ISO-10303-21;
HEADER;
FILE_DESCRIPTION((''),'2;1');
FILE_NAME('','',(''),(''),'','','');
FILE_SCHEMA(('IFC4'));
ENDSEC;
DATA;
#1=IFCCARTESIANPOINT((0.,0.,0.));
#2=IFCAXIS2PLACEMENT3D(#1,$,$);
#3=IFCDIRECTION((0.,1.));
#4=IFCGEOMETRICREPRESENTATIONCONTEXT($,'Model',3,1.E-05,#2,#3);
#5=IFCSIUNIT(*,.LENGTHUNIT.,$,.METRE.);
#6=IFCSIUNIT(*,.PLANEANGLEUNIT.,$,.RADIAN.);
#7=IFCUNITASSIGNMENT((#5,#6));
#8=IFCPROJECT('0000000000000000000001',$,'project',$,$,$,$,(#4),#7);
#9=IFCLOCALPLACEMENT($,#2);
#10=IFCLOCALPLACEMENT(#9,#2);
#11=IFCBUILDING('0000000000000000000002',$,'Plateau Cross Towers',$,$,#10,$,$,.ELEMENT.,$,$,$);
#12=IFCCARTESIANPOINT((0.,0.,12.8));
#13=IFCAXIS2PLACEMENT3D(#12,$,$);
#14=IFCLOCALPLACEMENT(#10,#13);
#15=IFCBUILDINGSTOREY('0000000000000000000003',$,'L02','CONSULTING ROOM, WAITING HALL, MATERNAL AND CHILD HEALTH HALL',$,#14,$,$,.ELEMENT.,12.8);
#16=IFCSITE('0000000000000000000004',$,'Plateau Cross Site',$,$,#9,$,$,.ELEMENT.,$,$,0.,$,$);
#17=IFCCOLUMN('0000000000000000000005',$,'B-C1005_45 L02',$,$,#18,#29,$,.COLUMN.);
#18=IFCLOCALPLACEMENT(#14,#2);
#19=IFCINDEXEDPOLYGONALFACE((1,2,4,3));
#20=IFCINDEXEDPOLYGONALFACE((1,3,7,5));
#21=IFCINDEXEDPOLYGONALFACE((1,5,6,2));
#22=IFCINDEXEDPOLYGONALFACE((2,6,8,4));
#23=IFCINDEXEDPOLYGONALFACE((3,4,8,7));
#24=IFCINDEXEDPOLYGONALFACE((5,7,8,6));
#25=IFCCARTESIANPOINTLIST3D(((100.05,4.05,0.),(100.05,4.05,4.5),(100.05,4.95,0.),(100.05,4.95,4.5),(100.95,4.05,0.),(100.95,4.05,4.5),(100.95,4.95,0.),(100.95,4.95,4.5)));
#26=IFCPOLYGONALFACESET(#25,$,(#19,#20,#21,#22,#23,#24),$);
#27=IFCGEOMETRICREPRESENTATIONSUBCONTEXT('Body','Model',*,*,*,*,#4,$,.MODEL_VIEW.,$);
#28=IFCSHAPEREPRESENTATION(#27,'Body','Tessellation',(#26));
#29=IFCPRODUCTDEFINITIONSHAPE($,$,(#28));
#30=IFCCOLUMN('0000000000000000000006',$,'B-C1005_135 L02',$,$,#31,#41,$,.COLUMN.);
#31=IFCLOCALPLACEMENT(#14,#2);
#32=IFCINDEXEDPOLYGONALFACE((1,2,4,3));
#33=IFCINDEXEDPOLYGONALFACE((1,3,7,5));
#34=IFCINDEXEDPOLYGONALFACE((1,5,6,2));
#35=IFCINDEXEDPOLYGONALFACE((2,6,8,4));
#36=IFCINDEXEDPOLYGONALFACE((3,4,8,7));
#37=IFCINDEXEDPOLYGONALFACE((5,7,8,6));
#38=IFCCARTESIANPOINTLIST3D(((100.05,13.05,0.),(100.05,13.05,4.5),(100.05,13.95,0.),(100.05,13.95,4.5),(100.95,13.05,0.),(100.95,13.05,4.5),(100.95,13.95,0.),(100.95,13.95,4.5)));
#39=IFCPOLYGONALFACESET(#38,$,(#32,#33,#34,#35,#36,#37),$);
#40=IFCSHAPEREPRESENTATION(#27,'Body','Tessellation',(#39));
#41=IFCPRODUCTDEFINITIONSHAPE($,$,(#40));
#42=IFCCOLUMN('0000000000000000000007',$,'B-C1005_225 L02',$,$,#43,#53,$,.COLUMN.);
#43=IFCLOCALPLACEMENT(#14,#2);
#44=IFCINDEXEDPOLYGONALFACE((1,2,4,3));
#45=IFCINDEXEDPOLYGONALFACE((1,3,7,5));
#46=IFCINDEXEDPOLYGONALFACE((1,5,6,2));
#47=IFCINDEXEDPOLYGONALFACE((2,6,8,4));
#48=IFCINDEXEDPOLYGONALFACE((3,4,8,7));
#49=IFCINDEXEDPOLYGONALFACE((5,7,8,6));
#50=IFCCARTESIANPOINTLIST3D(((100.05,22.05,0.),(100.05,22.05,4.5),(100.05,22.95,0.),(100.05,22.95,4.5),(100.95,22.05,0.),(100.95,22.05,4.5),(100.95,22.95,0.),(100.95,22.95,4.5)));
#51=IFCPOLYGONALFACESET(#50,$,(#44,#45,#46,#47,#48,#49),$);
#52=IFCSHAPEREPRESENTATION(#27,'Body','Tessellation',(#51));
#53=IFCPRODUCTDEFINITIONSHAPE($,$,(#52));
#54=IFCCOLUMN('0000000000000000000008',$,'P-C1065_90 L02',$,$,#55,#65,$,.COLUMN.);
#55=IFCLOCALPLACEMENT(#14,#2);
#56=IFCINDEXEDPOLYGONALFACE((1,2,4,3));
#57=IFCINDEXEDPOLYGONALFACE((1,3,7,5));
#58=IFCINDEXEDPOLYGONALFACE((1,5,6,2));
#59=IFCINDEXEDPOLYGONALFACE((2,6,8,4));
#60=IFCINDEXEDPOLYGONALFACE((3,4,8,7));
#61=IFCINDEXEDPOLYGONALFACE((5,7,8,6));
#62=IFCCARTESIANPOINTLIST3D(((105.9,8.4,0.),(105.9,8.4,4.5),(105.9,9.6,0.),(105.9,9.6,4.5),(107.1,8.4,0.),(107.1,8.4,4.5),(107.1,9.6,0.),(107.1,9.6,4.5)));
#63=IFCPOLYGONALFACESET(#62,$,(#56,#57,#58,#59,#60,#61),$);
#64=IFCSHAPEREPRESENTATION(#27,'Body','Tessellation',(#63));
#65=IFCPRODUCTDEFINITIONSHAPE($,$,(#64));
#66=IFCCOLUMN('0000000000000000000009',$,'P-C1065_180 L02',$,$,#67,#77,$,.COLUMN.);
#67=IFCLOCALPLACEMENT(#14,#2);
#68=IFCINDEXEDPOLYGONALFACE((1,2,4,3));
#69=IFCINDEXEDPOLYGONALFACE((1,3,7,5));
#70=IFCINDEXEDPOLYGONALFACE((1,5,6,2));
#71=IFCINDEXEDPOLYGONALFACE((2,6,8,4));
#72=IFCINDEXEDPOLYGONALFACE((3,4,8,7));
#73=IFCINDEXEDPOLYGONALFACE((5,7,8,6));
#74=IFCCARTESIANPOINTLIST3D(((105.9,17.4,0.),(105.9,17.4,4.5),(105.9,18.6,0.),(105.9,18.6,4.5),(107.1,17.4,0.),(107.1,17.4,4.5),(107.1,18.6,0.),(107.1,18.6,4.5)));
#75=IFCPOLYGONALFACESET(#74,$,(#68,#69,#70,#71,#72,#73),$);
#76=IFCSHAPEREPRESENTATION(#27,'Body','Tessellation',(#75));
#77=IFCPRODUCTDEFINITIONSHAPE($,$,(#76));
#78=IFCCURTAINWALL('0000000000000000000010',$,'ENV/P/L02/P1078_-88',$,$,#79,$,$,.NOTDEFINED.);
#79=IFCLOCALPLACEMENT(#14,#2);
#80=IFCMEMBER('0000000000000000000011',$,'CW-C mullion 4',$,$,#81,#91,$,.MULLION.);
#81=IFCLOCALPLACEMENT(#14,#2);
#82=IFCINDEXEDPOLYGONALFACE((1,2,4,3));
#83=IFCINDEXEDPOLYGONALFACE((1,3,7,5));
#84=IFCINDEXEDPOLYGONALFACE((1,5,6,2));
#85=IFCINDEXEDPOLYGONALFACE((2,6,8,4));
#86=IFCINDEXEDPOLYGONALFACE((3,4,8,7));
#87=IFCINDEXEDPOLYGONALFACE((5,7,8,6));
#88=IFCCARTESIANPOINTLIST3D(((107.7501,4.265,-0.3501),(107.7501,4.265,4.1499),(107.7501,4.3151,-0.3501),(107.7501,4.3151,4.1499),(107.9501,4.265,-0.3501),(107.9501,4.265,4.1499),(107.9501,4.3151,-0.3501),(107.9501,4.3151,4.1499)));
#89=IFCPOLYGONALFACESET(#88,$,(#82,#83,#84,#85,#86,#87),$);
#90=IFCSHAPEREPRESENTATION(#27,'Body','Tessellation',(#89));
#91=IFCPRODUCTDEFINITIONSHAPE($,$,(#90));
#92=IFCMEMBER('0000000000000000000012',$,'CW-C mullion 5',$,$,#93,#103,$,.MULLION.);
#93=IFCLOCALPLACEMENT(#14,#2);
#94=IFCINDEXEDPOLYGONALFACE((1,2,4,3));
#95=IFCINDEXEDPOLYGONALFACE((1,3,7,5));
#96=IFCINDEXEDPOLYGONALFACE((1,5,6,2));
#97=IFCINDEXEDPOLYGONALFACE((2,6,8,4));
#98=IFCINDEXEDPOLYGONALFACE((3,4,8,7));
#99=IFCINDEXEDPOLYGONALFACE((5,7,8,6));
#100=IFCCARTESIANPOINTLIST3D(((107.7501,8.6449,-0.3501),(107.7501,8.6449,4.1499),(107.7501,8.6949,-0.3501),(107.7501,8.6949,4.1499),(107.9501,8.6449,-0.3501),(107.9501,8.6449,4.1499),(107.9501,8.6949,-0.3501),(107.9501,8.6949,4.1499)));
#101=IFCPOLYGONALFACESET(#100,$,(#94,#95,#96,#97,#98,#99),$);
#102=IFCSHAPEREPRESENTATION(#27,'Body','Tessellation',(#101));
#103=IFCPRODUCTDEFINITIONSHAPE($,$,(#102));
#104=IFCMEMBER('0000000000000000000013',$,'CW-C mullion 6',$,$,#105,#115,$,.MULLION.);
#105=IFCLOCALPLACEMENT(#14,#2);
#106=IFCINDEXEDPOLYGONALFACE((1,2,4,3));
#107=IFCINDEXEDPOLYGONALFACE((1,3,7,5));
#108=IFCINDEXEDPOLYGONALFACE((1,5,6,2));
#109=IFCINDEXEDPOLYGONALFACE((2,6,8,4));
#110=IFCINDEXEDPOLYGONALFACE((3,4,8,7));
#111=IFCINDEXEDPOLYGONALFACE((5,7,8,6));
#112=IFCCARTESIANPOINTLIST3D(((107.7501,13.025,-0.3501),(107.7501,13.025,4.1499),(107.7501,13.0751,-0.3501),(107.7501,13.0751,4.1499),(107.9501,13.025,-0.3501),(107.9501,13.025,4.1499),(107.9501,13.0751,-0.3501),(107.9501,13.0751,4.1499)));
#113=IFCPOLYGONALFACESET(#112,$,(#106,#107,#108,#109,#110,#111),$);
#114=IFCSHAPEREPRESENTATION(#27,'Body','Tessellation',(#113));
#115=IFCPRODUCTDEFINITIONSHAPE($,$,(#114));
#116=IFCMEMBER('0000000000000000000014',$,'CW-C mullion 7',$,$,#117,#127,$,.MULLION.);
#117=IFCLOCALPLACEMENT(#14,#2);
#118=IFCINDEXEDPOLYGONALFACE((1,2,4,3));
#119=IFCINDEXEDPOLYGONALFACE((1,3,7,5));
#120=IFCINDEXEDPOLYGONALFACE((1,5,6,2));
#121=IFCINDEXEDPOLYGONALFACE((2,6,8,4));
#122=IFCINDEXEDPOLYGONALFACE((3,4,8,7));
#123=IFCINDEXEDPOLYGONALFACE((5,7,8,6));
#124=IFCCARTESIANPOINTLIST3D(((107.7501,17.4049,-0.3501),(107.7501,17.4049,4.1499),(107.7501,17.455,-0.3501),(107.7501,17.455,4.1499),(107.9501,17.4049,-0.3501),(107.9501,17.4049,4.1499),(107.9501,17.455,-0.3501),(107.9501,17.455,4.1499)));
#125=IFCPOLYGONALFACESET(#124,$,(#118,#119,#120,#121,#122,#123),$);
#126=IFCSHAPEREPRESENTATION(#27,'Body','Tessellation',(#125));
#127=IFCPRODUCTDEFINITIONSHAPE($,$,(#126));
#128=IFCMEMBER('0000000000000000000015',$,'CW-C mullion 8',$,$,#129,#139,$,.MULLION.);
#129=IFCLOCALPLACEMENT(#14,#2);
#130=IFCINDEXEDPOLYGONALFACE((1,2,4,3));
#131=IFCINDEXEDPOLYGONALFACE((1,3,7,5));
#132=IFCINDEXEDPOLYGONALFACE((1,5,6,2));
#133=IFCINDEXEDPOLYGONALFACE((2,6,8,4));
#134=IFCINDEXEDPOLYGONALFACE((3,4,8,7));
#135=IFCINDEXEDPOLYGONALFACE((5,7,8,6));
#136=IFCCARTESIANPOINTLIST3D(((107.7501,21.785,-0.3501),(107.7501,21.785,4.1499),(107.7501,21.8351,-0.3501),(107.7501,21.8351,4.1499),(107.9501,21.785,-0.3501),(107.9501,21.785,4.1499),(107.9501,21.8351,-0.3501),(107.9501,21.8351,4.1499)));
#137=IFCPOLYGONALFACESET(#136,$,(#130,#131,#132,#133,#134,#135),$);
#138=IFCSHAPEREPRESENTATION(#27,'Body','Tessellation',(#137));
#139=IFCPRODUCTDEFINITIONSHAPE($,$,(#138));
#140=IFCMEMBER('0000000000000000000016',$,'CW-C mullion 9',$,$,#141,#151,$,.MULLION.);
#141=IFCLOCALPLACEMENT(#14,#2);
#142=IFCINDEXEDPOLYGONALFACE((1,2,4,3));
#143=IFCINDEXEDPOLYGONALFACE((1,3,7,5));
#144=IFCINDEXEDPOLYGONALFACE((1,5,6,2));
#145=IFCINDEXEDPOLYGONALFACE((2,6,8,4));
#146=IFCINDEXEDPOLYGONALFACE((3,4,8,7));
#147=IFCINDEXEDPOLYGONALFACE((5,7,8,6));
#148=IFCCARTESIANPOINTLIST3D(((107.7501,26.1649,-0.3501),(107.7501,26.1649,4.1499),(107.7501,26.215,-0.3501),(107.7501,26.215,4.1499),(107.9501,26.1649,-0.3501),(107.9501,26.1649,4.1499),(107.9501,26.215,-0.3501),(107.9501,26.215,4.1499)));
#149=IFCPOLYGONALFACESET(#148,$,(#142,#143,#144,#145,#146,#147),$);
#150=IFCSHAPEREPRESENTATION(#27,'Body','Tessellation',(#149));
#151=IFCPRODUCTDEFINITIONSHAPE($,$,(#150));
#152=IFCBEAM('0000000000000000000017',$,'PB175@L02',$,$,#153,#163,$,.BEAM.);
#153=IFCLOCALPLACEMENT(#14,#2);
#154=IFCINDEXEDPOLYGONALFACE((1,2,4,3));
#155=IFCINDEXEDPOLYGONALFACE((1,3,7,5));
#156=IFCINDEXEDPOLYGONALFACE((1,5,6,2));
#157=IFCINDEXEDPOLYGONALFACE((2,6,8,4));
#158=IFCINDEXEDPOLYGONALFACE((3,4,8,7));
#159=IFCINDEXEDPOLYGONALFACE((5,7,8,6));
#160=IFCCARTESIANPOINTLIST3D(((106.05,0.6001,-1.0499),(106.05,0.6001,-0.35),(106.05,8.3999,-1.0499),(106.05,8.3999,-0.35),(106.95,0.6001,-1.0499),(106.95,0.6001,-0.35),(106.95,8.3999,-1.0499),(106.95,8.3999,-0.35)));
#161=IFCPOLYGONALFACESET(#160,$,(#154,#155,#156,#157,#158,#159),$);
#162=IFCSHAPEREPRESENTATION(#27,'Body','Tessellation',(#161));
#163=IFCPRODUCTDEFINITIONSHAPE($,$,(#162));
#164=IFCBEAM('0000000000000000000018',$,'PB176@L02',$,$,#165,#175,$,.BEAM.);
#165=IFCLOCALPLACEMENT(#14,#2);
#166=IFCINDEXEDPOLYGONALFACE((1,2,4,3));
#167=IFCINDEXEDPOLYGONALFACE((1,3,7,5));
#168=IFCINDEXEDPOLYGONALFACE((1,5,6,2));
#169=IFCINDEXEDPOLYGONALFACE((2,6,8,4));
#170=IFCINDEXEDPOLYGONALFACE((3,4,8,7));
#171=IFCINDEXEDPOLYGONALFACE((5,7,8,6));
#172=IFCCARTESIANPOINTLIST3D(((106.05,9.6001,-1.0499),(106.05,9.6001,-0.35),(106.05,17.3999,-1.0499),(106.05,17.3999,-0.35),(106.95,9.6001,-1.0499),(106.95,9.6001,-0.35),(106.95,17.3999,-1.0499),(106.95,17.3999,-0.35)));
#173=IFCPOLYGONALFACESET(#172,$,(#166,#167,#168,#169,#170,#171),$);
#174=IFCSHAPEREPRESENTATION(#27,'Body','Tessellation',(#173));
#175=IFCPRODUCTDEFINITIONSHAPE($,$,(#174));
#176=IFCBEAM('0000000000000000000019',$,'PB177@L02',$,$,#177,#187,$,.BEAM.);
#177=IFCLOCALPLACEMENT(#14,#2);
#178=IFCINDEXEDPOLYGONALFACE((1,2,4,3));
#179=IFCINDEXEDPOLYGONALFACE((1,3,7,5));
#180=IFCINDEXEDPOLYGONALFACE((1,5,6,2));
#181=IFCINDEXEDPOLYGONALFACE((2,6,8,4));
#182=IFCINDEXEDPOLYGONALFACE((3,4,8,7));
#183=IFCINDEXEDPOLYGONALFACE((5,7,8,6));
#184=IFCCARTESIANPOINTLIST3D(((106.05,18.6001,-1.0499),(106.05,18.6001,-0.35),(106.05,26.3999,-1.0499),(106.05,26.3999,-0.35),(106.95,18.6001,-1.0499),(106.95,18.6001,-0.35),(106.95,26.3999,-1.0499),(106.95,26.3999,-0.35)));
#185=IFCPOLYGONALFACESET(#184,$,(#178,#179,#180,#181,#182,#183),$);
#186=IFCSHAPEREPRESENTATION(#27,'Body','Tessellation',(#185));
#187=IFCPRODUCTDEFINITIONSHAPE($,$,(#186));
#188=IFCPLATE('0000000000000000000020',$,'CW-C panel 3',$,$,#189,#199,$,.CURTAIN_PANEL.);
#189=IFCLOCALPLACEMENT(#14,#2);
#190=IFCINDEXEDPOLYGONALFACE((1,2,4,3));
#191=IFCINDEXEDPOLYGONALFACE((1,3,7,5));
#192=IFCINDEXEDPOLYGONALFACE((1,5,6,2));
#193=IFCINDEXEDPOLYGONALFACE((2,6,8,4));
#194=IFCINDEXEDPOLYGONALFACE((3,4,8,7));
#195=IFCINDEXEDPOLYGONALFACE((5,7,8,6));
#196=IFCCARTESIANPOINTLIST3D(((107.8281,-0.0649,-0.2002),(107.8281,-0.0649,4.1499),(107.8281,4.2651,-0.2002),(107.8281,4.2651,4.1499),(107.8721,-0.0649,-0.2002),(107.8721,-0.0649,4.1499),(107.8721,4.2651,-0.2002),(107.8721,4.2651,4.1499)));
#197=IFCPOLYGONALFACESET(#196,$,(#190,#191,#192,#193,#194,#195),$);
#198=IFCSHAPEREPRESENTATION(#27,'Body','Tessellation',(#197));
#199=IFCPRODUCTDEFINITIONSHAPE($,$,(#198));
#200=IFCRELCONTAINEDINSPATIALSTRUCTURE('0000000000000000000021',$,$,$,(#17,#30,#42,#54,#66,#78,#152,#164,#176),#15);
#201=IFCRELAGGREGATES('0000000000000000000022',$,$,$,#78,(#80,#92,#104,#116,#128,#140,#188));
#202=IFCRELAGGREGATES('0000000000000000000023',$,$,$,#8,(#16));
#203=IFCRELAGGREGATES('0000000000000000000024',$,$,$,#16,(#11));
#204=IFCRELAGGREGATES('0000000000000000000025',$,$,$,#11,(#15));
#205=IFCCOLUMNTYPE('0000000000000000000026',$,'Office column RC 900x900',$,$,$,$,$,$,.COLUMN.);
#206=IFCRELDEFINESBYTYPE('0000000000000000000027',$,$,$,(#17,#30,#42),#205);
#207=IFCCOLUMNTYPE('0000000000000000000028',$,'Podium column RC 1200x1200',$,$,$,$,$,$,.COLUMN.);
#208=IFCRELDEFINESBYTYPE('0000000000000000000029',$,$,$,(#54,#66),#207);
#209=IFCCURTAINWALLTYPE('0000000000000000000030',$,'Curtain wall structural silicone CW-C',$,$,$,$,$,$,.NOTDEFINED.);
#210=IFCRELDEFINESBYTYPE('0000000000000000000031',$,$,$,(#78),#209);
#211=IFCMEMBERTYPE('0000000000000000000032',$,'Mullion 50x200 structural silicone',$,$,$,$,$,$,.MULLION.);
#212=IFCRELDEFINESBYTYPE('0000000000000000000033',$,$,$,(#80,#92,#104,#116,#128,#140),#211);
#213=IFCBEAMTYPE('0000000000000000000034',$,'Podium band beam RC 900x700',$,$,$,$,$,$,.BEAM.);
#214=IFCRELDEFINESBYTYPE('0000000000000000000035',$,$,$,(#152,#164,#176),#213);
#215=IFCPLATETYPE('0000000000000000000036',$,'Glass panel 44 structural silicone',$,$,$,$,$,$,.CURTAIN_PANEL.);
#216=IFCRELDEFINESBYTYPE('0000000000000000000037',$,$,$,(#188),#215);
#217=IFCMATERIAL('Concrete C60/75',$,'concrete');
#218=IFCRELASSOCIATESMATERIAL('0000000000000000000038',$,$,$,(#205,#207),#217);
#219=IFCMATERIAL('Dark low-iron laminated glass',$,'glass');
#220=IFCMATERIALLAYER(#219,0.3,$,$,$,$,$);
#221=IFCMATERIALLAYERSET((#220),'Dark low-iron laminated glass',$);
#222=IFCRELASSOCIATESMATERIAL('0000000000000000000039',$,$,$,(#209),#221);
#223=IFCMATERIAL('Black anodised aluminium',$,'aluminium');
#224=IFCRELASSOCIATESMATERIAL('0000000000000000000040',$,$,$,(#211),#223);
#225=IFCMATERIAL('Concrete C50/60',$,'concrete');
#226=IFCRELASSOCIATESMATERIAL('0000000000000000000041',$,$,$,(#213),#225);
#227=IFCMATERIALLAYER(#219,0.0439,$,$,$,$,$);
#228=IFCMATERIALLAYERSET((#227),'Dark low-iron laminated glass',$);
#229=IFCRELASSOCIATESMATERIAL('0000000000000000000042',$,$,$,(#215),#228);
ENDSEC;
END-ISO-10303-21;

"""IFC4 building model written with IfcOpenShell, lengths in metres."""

from ifc_helpers import new_model, si_unit, direction, frame, origin, origin_2d, place, context, subcontext, project, spatial, rectangle, extrude, material, layer, layer_set, material_profile, profile_set, type_object, element, aggregate, save


model = new_model("IFC4")

# Units and contexts
model_context = context("Model", 3, precision=1e-05, world=origin(), true_north=direction((0.0, 1.0)))
body_context = subcontext(model_context, "Body", "Model", "MODEL_VIEW")
ifc_project = project(units=[si_unit("LENGTHUNIT", "METRE"), si_unit("PLANEANGLEUNIT", "RADIAN")], contexts=[model_context])

# Site, building, storey
site_placement = place(None, origin())
site = spatial("IfcSite", under=ifc_project, at=site_placement, Name="Plateau Cross Site", CompositionType="ELEMENT", RefElevation=0.0)
building_placement = place(site_placement, origin())
building = spatial("IfcBuilding", under=site, at=building_placement, Name="Plateau Cross Towers", CompositionType="ELEMENT")
storey_placement = place(building_placement, frame((0.0, 0.0, 12.8)))
storey = spatial("IfcBuildingStorey", under=building, at=storey_placement, Name="L02", Description="CONSULTING ROOM, WAITING HALL, MATERNAL AND CHILD HEALTH HALL", CompositionType="ELEMENT", Elevation=12.8)

# Columns
ifc_material_1 = material(Name="Concrete C60/75", Category="concrete")
ifc_material_profile_1 = material_profile(ifc_material_1, rectangle(XDim=0.8999, YDim=0.8999, at=origin_2d()), Name="RC 900x900")
ifc_profile_set_1 = profile_set([ifc_material_profile_1], Name="Concrete C60/75")
column_type_1 = type_object("IfcColumnType", Name="Office column RC 900x900", PredefinedType="COLUMN", material=ifc_profile_set_1)
for number, where, z_axis, x_axis, name in (
    (1, (100.5, 4.5, 0.0), (0.0, 0.0, 1.0), (1.0, 0.0, 0.0), "B-C1005_45 L02"),
    (2, (100.5, 13.5, 0.0), (0.0, 0.0, 1.0), (1.0, 0.0, 0.0), "B-C1005_135 L02"),
    (3, (100.5, 22.5, 0.0), (0.0, 0.0, 1.0), (1.0, 0.0, 0.0), "B-C1005_225 L02"),
):
    element("IfcColumn", number, at=place(storey_placement, frame(where, z_axis=z_axis, x_axis=x_axis)), inside=storey, type_object=column_type_1, Name=name, PredefinedType="COLUMN", context=body_context, shape_type="SweptSolid", body=[
        extrude(rectangle(XDim=0.8999, YDim=0.8999, at=origin_2d()), origin(), (0.0, 0.0, 1.0), 4.5),
    ])
ifc_material_profile_2 = material_profile(ifc_material_1, rectangle(XDim=1.2, YDim=1.2, at=origin_2d()), Name="RC 1200x1200")
ifc_profile_set_2 = profile_set([ifc_material_profile_2], Name="Concrete C60/75")
column_type_2 = type_object("IfcColumnType", Name="Podium column RC 1200x1200", PredefinedType="COLUMN", material=ifc_profile_set_2)
for number, where, z_axis, x_axis, name in (
    (4, (106.5, 9.0, 0.0), (0.0, 0.0, 1.0), (1.0, 0.0, 0.0), "P-C1065_90 L02"),
    (5, (106.5, 18.0, 0.0), (0.0, 0.0, 1.0), (1.0, 0.0, 0.0), "P-C1065_180 L02"),
):
    element("IfcColumn", number, at=place(storey_placement, frame(where, z_axis=z_axis, x_axis=x_axis)), inside=storey, type_object=column_type_2, Name=name, PredefinedType="COLUMN", context=body_context, shape_type="SweptSolid", body=[
        extrude(rectangle(XDim=1.2, YDim=1.2, at=origin_2d()), origin(), (0.0, 0.0, 1.0), 4.5),
    ])

# Curtain wall, members
ifc_material_2 = material(Name="Dark low-iron laminated glass", Category="glass")
ifc_layer_1 = layer(ifc_material_2, 0.3)
ifc_layer_set_1 = layer_set([ifc_layer_1], Name="Dark low-iron laminated glass")
curtain_wall_type = type_object("IfcCurtainWallType", Name="Curtain wall structural silicone CW-C", PredefinedType="NOTDEFINED", material=ifc_layer_set_1)
curtain_wall_placement = place(storey_placement, origin())
curtain_wall = element("IfcCurtainWall", 6, at=curtain_wall_placement, inside=storey, type_object=curtain_wall_type, Name="ENV/P/L02/P1078_-88", PredefinedType="NOTDEFINED")
ifc_material_3 = material(Name="Black anodised aluminium", Category="aluminium")
ifc_material_profile_3 = material_profile(ifc_material_3, rectangle(XDim=0.05, YDim=0.2, at=origin_2d()), Name="MULLION 50x200")
ifc_profile_set_3 = profile_set([ifc_material_profile_3], Name="Black anodised aluminium")
member_type = type_object("IfcMemberType", Name="Mullion 50x200 structural silicone", PredefinedType="MULLION", material=ifc_profile_set_3)
member_1_placement = place(storey_placement, frame((107.8501, 4.29, -0.3501), z_axis=(0.0, 0.0, 1.0), x_axis=(0.0, 1.0, 0.0)))
member_1 = element("IfcMember", 7, at=member_1_placement, type_object=member_type, Name="CW-C mullion 4", PredefinedType="MULLION", context=body_context, shape_type="SweptSolid", body=[
    extrude(rectangle(XDim=0.05, YDim=0.2, at=origin_2d()), origin(), (0.0, 0.0, 1.0), 4.5),
])
member_2_placement = place(storey_placement, frame((107.8501, 8.6699, -0.3501), z_axis=(0.0, 0.0, 1.0), x_axis=(0.0, 1.0, 0.0)))
member_2 = element("IfcMember", 8, at=member_2_placement, type_object=member_type, Name="CW-C mullion 5", PredefinedType="MULLION", context=body_context, shape_type="SweptSolid", body=[
    extrude(rectangle(XDim=0.05, YDim=0.2, at=origin_2d()), origin(), (0.0, 0.0, 1.0), 4.5),
])
member_3_placement = place(storey_placement, frame((107.8501, 13.05, -0.3501), z_axis=(0.0, 0.0, 1.0), x_axis=(0.0, 1.0, 0.0)))
member_3 = element("IfcMember", 9, at=member_3_placement, type_object=member_type, Name="CW-C mullion 6", PredefinedType="MULLION", context=body_context, shape_type="SweptSolid", body=[
    extrude(rectangle(XDim=0.05, YDim=0.2, at=origin_2d()), origin(), (0.0, 0.0, 1.0), 4.5),
])
member_4_placement = place(storey_placement, frame((107.8501, 17.4299, -0.3501), z_axis=(0.0, 0.0, 1.0), x_axis=(0.0, 1.0, 0.0)))
member_4 = element("IfcMember", 10, at=member_4_placement, type_object=member_type, Name="CW-C mullion 7", PredefinedType="MULLION", context=body_context, shape_type="SweptSolid", body=[
    extrude(rectangle(XDim=0.05, YDim=0.2, at=origin_2d()), origin(), (0.0, 0.0, 1.0), 4.5),
])
member_5_placement = place(storey_placement, frame((107.8501, 21.8101, -0.3501), z_axis=(0.0, 0.0, 1.0), x_axis=(0.0, 1.0, 0.0)))
member_5 = element("IfcMember", 11, at=member_5_placement, type_object=member_type, Name="CW-C mullion 8", PredefinedType="MULLION", context=body_context, shape_type="SweptSolid", body=[
    extrude(rectangle(XDim=0.05, YDim=0.2, at=origin_2d()), origin(), (0.0, 0.0, 1.0), 4.5),
])
member_6_placement = place(storey_placement, frame((107.8501, 26.1899, -0.3501), z_axis=(0.0, 0.0, 1.0), x_axis=(0.0, 1.0, 0.0)))
member_6 = element("IfcMember", 12, at=member_6_placement, type_object=member_type, Name="CW-C mullion 9", PredefinedType="MULLION", context=body_context, shape_type="SweptSolid", body=[
    extrude(rectangle(XDim=0.05, YDim=0.2, at=origin_2d()), origin(), (0.0, 0.0, 1.0), 4.5),
])

# Beams
ifc_material_4 = material(Name="Concrete C50/60", Category="concrete")
ifc_material_profile_4 = material_profile(ifc_material_4, rectangle(XDim=0.8999, YDim=0.7, at=origin_2d()), Name="RC 900x700")
ifc_profile_set_4 = profile_set([ifc_material_profile_4], Name="Concrete C50/60")
beam_type = type_object("IfcBeamType", Name="Podium band beam RC 900x700", PredefinedType="BEAM", material=ifc_profile_set_4)
for number, where, z_axis, x_axis, name in (
    (13, (106.5, 0.6001, -0.7), (0.0, 1.0, 0.0), (-1.0, 0.0, 0.0), "PB175@L02"),
    (14, (106.5, 9.6001, -0.7), (0.0, 1.0, 0.0), (-1.0, 0.0, 0.0), "PB176@L02"),
    (15, (106.5, 18.6001, -0.7), (0.0, 1.0, 0.0), (-1.0, 0.0, 0.0), "PB177@L02"),
):
    element("IfcBeam", number, at=place(storey_placement, frame(where, z_axis=z_axis, x_axis=x_axis)), inside=storey, type_object=beam_type, Name=name, PredefinedType="BEAM", context=body_context, shape_type="SweptSolid", body=[
        extrude(rectangle(XDim=0.8999, YDim=0.7, at=origin_2d()), origin(), (0.0, 0.0, 1.0), 7.7998),
    ])

# Plate
ifc_layer_2 = layer(ifc_material_2, 0.0439)
ifc_layer_set_2 = layer_set([ifc_layer_2], Name="Dark low-iron laminated glass")
plate_type = type_object("IfcPlateType", Name="Glass panel 44 structural silicone", PredefinedType="CURTAIN_PANEL", material=ifc_layer_set_2)
plate_1_placement = place(storey_placement, frame((107.8501, 2.1001, -0.2002), z_axis=(0.0, 0.0, 1.0), x_axis=(0.0, 1.0, 0.0)))
plate_1 = element("IfcPlate", 16, at=plate_1_placement, type_object=plate_type, Name="CW-C panel 3", PredefinedType="CURTAIN_PANEL", context=body_context, shape_type="SweptSolid", body=[
    extrude(rectangle(XDim=4.3301, YDim=0.0439, at=origin_2d()), origin(), (0.0, 0.0, 1.0), 4.3501),
])
aggregate(curtain_wall, [member_1, member_2, member_3, member_4, member_5, member_6, plate_1])

save(model, "model.ifc")
